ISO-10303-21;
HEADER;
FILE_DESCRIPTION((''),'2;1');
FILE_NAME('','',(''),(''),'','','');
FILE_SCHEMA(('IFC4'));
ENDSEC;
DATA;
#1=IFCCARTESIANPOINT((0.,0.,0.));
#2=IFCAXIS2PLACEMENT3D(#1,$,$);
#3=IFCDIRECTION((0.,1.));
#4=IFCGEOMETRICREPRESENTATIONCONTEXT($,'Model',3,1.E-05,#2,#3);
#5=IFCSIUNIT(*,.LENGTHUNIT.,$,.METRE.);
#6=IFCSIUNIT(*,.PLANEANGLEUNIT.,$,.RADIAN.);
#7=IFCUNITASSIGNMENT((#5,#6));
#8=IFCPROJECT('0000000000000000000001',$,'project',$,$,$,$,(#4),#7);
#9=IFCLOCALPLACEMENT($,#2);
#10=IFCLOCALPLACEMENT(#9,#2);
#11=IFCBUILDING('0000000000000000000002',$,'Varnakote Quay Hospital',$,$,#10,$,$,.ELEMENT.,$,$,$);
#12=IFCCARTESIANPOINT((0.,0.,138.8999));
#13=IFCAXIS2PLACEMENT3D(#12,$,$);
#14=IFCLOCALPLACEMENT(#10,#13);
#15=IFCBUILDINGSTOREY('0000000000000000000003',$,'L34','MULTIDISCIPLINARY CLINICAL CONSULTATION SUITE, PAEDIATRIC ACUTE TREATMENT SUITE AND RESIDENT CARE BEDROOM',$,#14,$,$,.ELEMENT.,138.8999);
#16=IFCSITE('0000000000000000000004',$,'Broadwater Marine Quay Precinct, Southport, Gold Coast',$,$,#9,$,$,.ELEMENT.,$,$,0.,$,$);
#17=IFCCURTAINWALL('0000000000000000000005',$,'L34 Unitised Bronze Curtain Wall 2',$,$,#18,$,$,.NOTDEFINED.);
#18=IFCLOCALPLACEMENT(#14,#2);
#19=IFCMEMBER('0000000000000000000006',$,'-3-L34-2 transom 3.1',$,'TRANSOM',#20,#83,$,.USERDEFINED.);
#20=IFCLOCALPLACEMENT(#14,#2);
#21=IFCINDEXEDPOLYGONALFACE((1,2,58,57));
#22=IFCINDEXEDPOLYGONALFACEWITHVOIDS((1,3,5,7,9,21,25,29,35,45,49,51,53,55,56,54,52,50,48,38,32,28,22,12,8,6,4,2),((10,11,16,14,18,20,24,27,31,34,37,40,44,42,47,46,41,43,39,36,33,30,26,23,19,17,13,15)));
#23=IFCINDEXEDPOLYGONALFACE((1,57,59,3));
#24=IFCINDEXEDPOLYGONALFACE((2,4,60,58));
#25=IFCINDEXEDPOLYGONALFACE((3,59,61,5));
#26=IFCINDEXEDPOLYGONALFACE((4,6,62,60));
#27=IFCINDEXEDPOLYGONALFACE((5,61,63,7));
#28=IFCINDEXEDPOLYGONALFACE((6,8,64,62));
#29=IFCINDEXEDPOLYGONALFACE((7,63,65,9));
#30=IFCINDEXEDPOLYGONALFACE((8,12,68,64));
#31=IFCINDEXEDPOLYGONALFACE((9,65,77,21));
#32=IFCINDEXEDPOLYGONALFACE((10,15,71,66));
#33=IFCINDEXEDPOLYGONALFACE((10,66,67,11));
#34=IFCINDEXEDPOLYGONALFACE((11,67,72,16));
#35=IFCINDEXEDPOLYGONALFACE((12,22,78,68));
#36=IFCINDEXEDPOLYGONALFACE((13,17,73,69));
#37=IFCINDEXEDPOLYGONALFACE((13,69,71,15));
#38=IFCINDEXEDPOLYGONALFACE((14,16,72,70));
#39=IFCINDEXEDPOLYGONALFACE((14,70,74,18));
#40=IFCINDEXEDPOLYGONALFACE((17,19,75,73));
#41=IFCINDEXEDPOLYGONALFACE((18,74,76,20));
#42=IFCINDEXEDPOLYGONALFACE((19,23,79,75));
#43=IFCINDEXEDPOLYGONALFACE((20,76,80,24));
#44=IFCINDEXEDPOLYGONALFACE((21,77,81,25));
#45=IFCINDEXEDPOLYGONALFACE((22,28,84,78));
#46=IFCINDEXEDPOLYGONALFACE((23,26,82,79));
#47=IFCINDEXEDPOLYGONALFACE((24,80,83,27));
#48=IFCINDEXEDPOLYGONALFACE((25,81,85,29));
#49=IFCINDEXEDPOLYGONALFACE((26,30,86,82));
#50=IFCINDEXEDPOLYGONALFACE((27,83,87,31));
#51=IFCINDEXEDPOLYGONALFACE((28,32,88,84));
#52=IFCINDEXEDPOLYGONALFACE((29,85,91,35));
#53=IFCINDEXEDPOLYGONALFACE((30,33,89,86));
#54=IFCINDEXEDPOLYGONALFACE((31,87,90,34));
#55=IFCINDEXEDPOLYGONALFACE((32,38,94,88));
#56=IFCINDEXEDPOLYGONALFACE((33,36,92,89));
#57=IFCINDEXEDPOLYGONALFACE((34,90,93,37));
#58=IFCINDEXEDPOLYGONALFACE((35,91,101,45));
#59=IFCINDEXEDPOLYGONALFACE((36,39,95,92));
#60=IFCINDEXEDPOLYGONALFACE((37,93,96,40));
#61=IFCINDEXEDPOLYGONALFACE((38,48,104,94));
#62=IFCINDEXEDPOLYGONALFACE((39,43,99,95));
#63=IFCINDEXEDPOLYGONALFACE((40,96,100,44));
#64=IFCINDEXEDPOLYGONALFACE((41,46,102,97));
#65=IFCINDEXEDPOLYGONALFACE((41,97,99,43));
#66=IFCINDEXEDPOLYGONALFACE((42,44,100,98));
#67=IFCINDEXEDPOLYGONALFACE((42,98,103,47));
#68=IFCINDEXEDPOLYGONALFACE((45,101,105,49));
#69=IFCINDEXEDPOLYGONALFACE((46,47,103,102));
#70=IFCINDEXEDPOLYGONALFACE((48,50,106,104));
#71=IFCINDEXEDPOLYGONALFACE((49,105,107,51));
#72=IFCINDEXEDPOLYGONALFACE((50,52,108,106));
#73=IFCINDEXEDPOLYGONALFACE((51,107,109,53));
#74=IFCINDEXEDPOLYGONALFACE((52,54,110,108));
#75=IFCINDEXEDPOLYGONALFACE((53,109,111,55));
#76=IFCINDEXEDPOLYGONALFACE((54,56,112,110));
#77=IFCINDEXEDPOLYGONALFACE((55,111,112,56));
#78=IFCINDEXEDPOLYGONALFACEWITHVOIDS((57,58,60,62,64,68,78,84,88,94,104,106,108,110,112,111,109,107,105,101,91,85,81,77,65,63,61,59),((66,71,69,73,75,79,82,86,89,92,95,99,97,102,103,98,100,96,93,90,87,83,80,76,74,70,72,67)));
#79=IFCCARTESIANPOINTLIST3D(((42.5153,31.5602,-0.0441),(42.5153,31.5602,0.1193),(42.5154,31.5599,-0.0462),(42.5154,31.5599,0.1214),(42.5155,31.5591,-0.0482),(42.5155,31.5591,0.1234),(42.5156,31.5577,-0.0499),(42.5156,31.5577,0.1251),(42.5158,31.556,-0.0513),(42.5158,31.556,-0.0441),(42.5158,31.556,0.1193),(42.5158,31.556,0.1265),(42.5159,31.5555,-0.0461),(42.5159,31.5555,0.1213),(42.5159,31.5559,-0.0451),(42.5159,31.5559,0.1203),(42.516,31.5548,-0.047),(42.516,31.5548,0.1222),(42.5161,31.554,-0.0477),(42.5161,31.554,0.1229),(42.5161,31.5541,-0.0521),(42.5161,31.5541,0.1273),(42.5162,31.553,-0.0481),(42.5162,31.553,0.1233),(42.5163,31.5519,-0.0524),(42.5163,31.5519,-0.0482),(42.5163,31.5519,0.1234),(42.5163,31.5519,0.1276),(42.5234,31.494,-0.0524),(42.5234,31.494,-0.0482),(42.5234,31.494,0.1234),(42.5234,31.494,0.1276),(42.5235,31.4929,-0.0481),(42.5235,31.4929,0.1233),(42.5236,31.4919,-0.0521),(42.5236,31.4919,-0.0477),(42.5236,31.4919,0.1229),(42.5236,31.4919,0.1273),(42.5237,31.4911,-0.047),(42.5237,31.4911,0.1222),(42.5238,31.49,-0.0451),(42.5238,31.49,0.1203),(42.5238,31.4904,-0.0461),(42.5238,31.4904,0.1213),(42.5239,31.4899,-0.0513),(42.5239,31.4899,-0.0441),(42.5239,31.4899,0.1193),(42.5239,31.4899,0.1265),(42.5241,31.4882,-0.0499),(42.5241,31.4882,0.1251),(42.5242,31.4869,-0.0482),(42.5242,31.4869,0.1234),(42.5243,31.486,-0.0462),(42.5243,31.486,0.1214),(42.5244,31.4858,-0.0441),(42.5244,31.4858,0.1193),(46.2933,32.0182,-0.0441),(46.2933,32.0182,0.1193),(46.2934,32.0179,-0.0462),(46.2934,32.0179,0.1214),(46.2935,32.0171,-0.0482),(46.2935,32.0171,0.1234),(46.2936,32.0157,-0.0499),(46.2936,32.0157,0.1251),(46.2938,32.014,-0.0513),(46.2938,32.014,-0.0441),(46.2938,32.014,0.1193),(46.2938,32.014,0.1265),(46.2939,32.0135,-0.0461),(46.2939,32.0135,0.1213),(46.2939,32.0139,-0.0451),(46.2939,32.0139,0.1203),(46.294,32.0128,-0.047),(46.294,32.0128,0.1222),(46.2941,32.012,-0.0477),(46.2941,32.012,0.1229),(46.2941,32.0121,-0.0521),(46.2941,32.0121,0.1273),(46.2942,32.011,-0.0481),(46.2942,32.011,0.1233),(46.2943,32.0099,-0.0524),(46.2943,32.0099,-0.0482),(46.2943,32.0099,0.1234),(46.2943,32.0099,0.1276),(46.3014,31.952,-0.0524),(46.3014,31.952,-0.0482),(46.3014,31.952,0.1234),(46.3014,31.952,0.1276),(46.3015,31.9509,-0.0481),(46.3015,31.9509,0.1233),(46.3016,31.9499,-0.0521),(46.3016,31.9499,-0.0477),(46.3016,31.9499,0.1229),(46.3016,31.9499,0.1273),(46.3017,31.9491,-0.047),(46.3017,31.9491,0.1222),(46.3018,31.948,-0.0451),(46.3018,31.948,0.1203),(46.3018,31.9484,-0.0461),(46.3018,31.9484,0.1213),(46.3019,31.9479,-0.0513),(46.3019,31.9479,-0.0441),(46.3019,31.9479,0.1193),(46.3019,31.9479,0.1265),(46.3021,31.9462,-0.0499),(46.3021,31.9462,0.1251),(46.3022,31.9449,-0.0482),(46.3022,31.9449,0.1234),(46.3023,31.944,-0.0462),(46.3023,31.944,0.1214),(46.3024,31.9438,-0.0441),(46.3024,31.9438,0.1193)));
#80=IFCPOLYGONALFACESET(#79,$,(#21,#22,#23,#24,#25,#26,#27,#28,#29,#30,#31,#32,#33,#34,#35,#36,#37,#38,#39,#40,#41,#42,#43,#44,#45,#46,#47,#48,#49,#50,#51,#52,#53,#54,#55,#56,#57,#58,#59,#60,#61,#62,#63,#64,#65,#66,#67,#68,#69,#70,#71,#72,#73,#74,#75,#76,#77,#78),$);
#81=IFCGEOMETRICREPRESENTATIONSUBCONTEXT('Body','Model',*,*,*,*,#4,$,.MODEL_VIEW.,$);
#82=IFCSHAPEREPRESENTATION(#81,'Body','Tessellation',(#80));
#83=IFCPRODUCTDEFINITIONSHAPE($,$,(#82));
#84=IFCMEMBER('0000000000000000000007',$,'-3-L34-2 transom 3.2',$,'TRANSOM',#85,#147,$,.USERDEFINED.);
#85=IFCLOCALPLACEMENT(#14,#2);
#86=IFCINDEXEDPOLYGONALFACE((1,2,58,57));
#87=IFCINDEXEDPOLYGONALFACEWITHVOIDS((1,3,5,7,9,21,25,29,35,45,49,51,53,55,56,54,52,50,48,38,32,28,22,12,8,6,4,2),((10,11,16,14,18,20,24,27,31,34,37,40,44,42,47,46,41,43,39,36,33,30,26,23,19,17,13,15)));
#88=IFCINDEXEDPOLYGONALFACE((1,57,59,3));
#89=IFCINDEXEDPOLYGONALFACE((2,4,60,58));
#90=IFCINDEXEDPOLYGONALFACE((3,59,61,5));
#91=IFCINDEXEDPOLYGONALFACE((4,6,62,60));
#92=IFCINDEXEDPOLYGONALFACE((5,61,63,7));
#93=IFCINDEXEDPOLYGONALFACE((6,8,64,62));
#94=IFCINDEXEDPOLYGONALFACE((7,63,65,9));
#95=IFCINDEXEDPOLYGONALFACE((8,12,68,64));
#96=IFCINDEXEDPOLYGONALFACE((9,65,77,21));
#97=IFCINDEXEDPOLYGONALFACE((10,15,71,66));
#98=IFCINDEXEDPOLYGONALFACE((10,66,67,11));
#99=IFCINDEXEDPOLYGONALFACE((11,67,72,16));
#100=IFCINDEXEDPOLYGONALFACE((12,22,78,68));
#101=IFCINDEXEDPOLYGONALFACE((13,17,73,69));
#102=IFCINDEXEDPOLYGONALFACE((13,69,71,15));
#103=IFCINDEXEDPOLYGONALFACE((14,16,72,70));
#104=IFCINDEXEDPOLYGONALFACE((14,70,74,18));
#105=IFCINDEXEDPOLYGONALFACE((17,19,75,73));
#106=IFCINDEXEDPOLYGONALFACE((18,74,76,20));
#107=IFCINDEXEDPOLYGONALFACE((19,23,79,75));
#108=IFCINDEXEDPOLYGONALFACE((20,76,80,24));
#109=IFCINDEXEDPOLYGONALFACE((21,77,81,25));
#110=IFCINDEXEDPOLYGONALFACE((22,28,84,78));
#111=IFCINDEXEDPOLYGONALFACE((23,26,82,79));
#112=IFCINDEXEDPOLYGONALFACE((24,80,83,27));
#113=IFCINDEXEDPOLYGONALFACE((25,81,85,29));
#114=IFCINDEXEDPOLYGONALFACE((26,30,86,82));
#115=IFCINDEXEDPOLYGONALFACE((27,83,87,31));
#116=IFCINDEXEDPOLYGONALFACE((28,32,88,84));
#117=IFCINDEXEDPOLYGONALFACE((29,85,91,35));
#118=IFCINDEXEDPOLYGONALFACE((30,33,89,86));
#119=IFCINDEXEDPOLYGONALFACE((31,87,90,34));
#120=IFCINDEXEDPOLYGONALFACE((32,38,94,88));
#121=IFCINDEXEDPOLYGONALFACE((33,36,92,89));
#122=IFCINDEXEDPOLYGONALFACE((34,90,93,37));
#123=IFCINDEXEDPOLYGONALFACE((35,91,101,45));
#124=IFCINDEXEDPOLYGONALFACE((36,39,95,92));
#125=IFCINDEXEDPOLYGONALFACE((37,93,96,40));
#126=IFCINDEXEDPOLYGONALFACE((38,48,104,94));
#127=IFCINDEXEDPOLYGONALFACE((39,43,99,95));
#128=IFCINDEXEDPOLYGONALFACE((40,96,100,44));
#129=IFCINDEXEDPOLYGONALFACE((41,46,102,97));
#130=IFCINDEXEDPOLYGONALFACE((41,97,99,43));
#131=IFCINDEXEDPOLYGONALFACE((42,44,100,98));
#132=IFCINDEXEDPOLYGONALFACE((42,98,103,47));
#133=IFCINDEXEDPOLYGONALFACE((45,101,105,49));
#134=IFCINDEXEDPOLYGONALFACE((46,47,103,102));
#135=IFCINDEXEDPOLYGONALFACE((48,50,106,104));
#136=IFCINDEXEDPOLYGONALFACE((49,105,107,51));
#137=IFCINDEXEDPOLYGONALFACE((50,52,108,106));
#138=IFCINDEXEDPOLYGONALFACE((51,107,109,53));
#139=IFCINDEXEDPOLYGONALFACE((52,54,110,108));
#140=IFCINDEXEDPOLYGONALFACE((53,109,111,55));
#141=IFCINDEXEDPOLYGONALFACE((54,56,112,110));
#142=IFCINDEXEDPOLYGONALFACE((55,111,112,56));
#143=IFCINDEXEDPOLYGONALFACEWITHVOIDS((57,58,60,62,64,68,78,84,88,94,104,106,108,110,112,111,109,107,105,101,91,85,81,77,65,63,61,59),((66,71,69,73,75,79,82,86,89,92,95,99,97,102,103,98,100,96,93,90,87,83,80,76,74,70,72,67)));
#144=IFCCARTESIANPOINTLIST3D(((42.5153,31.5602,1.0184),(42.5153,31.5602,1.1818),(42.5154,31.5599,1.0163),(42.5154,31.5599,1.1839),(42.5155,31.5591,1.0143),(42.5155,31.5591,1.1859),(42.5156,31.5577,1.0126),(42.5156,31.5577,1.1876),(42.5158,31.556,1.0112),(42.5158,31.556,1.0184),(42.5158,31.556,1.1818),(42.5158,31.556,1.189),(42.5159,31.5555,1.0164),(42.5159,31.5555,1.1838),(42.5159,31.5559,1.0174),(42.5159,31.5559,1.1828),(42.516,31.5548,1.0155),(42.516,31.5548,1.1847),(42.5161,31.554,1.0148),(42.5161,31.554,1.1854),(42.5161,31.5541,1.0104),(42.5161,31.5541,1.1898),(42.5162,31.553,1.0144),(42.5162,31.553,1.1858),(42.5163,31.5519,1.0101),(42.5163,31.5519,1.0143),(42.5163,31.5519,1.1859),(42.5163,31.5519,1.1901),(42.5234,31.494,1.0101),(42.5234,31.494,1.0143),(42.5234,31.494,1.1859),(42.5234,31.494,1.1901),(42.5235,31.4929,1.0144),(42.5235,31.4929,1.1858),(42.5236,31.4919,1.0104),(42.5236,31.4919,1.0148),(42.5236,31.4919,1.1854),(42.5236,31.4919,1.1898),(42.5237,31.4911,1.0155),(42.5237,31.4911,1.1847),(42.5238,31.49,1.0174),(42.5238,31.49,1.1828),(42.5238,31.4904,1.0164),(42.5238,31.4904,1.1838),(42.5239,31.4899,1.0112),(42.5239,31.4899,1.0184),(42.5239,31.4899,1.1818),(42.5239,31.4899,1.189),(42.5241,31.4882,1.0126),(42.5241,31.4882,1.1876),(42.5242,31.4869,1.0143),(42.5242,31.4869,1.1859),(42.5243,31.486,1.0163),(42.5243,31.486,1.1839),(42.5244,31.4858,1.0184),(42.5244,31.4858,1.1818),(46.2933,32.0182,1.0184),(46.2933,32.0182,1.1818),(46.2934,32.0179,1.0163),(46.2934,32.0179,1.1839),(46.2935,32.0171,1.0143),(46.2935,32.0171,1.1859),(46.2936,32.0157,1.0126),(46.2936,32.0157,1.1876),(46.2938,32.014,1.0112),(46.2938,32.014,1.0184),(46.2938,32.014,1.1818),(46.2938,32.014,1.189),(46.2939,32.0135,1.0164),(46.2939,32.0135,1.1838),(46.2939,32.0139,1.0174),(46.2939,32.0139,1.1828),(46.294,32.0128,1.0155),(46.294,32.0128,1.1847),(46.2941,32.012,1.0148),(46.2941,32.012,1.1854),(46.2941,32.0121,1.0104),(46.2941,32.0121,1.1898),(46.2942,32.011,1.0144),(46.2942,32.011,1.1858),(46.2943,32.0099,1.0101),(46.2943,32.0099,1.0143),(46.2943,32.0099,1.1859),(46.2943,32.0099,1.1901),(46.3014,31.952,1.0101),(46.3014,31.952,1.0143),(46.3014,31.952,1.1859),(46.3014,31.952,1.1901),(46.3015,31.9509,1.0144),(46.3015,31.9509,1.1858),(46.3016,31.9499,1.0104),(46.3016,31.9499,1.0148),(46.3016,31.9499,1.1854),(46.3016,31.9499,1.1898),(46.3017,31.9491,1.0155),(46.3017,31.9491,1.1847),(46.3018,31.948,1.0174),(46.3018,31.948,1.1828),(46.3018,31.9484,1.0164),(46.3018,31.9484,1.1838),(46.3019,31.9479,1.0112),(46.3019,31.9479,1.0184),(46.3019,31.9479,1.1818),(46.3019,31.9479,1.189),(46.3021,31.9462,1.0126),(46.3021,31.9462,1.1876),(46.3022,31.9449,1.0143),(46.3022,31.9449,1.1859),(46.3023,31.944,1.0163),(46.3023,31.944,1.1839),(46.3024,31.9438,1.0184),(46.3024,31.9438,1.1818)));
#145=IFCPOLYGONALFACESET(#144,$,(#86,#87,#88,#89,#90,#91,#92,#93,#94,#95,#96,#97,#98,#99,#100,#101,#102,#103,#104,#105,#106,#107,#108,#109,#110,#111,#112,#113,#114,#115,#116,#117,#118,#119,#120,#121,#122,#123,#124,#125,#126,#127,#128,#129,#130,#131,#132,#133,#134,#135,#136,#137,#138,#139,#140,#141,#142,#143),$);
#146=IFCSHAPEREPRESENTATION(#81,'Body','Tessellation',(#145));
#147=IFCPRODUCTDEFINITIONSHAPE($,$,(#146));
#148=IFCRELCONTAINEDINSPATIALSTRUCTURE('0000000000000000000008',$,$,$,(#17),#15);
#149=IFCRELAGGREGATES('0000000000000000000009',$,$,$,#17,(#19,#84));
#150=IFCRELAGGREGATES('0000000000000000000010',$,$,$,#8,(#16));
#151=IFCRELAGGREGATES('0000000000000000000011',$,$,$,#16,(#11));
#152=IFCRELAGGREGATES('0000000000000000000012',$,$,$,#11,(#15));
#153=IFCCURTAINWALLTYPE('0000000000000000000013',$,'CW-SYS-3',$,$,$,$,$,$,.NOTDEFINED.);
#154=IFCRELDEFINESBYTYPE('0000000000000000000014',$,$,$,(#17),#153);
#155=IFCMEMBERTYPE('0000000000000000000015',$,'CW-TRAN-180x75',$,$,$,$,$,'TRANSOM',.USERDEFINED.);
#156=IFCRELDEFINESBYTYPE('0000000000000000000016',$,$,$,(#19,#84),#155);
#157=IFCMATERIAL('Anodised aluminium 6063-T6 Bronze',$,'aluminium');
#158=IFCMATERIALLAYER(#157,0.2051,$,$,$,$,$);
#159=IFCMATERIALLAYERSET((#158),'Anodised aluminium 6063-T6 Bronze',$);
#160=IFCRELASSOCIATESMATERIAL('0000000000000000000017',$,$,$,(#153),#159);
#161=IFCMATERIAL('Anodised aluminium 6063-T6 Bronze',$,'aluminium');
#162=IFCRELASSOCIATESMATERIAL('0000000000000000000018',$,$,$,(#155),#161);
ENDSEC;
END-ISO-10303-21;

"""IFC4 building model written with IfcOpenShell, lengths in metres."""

from ifc_helpers import new_model, si_unit, direction, frame, origin, origin_2d, place, context, subcontext, project, spatial, hollow_rectangle, extrude, material, layer, layer_set, material_profile, profile_set, type_object, element, aggregate, save


model = new_model("IFC4")

# Units and contexts
model_context = context("Model", 3, precision=1e-05, world=origin(), true_north=direction((0.0, 1.0)))
body_context = subcontext(model_context, "Body", "Model", "MODEL_VIEW")
ifc_project = project(units=[si_unit("LENGTHUNIT", "METRE"), si_unit("PLANEANGLEUNIT", "RADIAN")], contexts=[model_context])

# Site, building, storey
site_placement = place(None, origin())
site = spatial("IfcSite", under=ifc_project, at=site_placement, Name="Broadwater Marine Quay Precinct, Southport, Gold Coast", CompositionType="ELEMENT", RefElevation=0.0)
building_placement = place(site_placement, origin())
building = spatial("IfcBuilding", under=site, at=building_placement, Name="Varnakote Quay Hospital", CompositionType="ELEMENT")
storey_placement = place(building_placement, frame((0.0, 0.0, 138.8999)))
storey = spatial("IfcBuildingStorey", under=building, at=storey_placement, Name="L34", Description="MULTIDISCIPLINARY CLINICAL CONSULTATION SUITE, PAEDIATRIC ACUTE TREATMENT SUITE AND RESIDENT CARE BEDROOM", CompositionType="ELEMENT", Elevation=138.8999)

# Curtain wall, members
ifc_material_1 = material(Name="Anodised aluminium 6063-T6 Bronze", Category="aluminium")
ifc_layer_1 = layer(ifc_material_1, 0.2051)
ifc_layer_set_1 = layer_set([ifc_layer_1], Name="Anodised aluminium 6063-T6 Bronze")
curtain_wall_type = type_object("IfcCurtainWallType", Name="CW-SYS-3", PredefinedType="NOTDEFINED", material=ifc_layer_set_1)
curtain_wall_placement = place(storey_placement, origin())
curtain_wall = element("IfcCurtainWall", 1, at=curtain_wall_placement, inside=storey, type_object=curtain_wall_type, Name="L34 Unitised Bronze Curtain Wall 2", PredefinedType="NOTDEFINED")
ifc_material_2 = material(Name="Anodised aluminium 6063-T6 Bronze", Category="aluminium")
ifc_material_profile_1 = material_profile(ifc_material_2, hollow_rectangle(XDim=0.075, YDim=0.1799, WallThickness=0.0042, InnerFilletRadius=0.0042, OuterFilletRadius=0.0083, at=origin_2d()), Name="CW-TRAN-180x75")
ifc_profile_set_1 = profile_set([ifc_material_profile_1], Name="Anodised aluminium 6063-T6 Bronze")
member_type_1 = type_object("IfcMemberType", Name="CW-TRAN-180x75", ElementType="TRANSOM", PredefinedType="USERDEFINED", material=ifc_profile_set_1)
member_1_placement = place(storey_placement, frame((46.2979, 31.981, 0.0376), z_axis=(-0.992732, -0.120347, 0.0), x_axis=(0.120347, -0.992732, 0.0)))
member_1 = element("IfcMember", 2, at=member_1_placement, type_object=member_type_1, Name="-3-L34-2 transom 3.1", ObjectType="TRANSOM", PredefinedType="USERDEFINED", context=body_context, shape_type="SweptSolid", body=[
    extrude(hollow_rectangle(XDim=0.075, YDim=0.1799, WallThickness=0.0042, InnerFilletRadius=0.0042, OuterFilletRadius=0.0083, at=origin_2d()), origin(), (0.0, 0.0, 1.0), 3.8057),
])
member_2_placement = place(storey_placement, frame((46.2979, 31.981, 1.1001), z_axis=(-0.992732, -0.120347, 0.0), x_axis=(0.120347, -0.992732, 0.0)))
member_2 = element("IfcMember", 3, at=member_2_placement, type_object=member_type_1, Name="-3-L34-2 transom 3.2", ObjectType="TRANSOM", PredefinedType="USERDEFINED", context=body_context, shape_type="SweptSolid", body=[
    extrude(hollow_rectangle(XDim=0.075, YDim=0.1799, WallThickness=0.0042, InnerFilletRadius=0.0042, OuterFilletRadius=0.0083, at=origin_2d()), origin(), (0.0, 0.0, 1.0), 3.8057),
])
aggregate(curtain_wall, [member_1, member_2])

save(model, "model.ifc")
